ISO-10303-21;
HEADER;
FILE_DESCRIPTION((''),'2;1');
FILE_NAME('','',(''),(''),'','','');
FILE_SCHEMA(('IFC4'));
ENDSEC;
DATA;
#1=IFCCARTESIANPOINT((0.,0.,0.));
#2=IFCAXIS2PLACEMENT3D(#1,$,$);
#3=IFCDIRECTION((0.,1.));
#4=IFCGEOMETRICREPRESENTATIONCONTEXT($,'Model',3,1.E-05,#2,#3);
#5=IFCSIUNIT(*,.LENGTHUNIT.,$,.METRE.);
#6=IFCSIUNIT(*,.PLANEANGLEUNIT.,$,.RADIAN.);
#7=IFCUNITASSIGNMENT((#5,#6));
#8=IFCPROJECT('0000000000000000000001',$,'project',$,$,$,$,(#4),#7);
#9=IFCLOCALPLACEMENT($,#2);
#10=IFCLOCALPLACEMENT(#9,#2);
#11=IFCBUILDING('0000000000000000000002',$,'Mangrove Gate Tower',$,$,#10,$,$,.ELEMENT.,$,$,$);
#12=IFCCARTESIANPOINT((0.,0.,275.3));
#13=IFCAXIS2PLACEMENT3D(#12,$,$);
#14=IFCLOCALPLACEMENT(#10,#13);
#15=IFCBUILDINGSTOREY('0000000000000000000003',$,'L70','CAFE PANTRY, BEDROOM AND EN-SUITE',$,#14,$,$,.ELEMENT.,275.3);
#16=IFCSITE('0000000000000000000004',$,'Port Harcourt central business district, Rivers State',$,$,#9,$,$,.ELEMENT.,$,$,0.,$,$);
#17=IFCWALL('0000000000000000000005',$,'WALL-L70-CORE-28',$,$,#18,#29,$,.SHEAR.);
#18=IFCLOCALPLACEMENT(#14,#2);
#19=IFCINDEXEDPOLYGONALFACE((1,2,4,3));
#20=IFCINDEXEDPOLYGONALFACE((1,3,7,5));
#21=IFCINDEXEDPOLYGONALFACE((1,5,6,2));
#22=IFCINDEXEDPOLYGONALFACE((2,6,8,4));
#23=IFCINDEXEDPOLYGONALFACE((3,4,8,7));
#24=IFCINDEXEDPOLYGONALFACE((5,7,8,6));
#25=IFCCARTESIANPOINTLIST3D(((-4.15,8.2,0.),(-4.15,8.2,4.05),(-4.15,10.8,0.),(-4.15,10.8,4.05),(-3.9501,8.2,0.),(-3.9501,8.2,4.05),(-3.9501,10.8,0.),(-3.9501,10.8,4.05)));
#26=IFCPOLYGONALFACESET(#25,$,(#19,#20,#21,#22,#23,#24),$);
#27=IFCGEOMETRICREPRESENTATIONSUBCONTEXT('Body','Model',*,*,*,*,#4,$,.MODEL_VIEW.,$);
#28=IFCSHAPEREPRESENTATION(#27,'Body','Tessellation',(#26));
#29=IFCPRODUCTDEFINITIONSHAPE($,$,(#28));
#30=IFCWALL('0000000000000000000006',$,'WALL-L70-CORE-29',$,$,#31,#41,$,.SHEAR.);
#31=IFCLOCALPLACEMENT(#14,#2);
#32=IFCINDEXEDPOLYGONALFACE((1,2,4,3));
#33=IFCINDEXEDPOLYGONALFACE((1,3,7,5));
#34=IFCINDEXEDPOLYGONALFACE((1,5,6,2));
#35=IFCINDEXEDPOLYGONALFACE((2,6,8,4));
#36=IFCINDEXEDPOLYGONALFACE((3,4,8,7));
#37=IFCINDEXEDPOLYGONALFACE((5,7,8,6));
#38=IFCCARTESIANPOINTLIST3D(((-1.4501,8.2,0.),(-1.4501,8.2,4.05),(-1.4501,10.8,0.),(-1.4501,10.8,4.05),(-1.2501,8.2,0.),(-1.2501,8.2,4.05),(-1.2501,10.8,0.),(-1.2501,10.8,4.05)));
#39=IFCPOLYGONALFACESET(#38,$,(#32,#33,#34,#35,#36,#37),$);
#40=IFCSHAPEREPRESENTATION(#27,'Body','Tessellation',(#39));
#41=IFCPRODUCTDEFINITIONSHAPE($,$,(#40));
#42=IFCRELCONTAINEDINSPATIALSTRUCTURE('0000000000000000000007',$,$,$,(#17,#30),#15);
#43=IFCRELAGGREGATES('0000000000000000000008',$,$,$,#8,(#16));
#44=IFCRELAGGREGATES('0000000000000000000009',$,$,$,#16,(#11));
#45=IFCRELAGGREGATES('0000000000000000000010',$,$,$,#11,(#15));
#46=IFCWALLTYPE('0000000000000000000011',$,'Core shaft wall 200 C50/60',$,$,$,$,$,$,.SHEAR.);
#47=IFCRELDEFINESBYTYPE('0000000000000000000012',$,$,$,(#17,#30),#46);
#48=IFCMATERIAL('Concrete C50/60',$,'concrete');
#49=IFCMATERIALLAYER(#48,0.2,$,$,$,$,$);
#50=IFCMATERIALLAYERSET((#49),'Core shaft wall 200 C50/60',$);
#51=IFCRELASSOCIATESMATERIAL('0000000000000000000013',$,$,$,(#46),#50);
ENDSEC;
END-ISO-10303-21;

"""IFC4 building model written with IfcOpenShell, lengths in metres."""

from ifc_helpers import new_model, si_unit, direction, frame, frame_2d, origin, place, context, subcontext, project, spatial, rectangle, extrude, material, layer, layer_set, type_object, element, save


model = new_model("IFC4")

# Units and contexts
model_context = context("Model", 3, precision=1e-05, world=origin(), true_north=direction((0.0, 1.0)))
body_context = subcontext(model_context, "Body", "Model", "MODEL_VIEW")
ifc_project = project(units=[si_unit("LENGTHUNIT", "METRE"), si_unit("PLANEANGLEUNIT", "RADIAN")], contexts=[model_context])

# Site, building, storey
site_placement = place(None, origin())
site = spatial("IfcSite", under=ifc_project, at=site_placement, Name="Port Harcourt central business district, Rivers State", CompositionType="ELEMENT", RefElevation=0.0)
building_placement = place(site_placement, origin())
building = spatial("IfcBuilding", under=site, at=building_placement, Name="Mangrove Gate Tower", CompositionType="ELEMENT")
storey_placement = place(building_placement, frame((0.0, 0.0, 275.3)))
storey = spatial("IfcBuildingStorey", under=building, at=storey_placement, Name="L70", Description="CAFE PANTRY, BEDROOM AND EN-SUITE", CompositionType="ELEMENT", Elevation=275.3)

# Shared definitions
ifc_material_1 = material(Name="Concrete C50/60", Category="concrete")
ifc_layer_1 = layer(ifc_material_1, 0.2)
ifc_layer_set_1 = layer_set([ifc_layer_1], Name="Core shaft wall 200 C50/60")
wall_type_1 = type_object("IfcWallType", Name="Core shaft wall 200 C50/60", PredefinedType="SHEAR", material=ifc_layer_set_1)

# Walls
for number, where, z_axis, x_axis, name in (
    (1, (-4.05, 8.2, 0.0), (0.0, 0.0, 1.0), (0.0, 1.0, 0.0), "WALL-L70-CORE-28"),
    (2, (-1.3501, 8.2, 0.0), (0.0, 0.0, 1.0), (0.0, 1.0, 0.0), "WALL-L70-CORE-29"),
):
    element("IfcWall", number, at=place(storey_placement, frame(where, z_axis=z_axis, x_axis=x_axis)), inside=storey, type_object=wall_type_1, Name=name, PredefinedType="SHEAR", context=body_context, shape_type="SweptSolid", body=[
        extrude(rectangle(XDim=2.6001, YDim=0.2, at=frame_2d((1.3, 0.0))), origin(), (0.0, 0.0, 1.0), 4.05),
    ])

save(model, "model.ifc")
